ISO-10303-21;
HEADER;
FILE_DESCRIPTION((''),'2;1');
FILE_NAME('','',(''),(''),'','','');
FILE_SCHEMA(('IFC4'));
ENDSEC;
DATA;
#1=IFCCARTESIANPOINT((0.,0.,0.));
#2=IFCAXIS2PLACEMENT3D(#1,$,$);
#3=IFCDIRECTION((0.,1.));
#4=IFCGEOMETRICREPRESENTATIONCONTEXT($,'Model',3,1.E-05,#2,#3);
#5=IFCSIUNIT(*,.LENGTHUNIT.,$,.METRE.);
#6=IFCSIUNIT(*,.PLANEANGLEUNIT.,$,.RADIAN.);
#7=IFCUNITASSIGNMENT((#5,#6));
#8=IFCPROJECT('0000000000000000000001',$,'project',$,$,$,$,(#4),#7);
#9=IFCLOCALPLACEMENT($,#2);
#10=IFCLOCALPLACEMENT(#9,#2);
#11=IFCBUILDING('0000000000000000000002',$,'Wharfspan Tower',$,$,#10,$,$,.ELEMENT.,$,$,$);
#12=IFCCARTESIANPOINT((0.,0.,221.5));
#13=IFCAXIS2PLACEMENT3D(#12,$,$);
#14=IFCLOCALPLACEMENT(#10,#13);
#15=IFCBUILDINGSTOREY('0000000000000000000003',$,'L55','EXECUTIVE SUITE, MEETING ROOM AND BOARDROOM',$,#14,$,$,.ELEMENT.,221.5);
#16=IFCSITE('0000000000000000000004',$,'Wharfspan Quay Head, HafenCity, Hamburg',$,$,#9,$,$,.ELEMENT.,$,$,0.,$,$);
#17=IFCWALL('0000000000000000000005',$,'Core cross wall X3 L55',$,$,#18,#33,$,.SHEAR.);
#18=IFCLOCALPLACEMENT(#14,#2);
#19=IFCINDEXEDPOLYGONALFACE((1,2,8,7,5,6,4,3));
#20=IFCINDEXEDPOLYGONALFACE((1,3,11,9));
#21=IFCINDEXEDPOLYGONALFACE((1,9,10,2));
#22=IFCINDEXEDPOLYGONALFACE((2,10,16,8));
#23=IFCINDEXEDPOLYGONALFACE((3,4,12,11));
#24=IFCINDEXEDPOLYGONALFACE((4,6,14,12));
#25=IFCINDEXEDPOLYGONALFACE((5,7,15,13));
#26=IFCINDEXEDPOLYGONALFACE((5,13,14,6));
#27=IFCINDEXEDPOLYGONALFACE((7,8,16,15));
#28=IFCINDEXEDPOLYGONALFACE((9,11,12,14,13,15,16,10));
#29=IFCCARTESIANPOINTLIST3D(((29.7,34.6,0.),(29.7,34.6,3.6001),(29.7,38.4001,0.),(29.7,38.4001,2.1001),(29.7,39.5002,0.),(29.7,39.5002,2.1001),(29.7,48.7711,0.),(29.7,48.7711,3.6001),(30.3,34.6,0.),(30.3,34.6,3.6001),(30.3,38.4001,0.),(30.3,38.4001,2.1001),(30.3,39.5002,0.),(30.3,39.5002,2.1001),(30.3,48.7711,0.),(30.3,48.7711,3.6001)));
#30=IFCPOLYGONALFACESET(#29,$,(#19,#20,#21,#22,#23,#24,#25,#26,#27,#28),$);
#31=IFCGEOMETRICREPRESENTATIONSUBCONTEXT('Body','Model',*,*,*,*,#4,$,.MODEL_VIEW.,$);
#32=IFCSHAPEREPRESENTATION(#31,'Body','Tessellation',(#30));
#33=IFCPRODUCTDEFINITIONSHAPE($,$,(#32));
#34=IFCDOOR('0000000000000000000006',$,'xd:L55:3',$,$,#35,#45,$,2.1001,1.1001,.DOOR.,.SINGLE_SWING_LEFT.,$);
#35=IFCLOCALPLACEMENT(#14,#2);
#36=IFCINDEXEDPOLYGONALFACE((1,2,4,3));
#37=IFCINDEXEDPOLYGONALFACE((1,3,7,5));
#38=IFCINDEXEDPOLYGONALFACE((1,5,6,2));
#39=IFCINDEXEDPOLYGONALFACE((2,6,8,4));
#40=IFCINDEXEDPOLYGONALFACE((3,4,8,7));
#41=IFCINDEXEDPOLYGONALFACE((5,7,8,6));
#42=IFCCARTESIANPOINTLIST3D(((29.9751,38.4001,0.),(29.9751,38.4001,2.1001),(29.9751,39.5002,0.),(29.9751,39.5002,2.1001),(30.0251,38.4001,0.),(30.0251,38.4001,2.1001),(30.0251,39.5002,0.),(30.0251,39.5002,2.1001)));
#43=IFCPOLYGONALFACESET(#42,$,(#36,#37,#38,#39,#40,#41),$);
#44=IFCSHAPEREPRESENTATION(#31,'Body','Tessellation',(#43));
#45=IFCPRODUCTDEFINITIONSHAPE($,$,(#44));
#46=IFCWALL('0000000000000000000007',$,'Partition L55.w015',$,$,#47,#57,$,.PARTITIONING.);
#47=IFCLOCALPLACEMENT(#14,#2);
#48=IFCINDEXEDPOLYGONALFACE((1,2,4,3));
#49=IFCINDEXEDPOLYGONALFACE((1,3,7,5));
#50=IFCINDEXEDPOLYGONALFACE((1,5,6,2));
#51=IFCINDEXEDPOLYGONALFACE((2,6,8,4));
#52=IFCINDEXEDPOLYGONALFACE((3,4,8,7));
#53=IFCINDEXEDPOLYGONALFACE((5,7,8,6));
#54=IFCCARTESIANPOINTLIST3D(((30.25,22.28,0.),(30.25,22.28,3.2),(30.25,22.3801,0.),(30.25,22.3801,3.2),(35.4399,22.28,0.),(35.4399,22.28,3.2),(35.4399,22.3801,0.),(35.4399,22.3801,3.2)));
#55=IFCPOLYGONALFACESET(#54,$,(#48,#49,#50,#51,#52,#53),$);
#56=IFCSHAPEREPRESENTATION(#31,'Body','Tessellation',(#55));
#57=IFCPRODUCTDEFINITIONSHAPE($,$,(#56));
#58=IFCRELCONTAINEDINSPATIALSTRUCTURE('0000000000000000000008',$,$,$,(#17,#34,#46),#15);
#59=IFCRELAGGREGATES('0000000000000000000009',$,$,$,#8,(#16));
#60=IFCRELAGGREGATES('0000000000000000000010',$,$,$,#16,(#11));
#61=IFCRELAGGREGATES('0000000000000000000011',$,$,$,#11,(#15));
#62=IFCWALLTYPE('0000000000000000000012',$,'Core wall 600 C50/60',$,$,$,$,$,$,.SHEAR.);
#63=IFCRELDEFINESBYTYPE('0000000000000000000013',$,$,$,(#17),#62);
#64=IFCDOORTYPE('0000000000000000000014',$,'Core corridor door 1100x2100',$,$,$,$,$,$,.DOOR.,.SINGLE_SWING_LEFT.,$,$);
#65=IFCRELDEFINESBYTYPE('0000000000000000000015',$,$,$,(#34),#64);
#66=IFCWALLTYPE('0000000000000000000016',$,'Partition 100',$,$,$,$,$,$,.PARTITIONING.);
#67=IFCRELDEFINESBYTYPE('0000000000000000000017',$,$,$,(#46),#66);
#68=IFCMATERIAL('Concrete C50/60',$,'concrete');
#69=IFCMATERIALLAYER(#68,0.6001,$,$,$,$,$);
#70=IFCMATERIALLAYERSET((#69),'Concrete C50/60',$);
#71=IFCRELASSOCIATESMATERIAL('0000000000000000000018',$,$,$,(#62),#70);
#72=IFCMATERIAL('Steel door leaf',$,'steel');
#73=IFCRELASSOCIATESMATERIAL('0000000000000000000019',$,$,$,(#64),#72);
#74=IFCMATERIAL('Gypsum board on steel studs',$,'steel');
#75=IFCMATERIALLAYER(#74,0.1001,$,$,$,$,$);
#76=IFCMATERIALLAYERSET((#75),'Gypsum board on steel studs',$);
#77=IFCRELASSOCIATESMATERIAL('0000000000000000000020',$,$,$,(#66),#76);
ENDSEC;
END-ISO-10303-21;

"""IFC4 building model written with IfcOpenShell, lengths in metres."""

from ifc_helpers import new_model, si_unit, direction, frame, frame_2d, origin, place, context, subcontext, project, spatial, rectangle, extrude, material, layer, layer_set, type_object, element, fill, save


model = new_model("IFC4")

# Units and contexts
model_context = context("Model", 3, precision=1e-05, world=origin(), true_north=direction((0.0, 1.0)))
body_context = subcontext(model_context, "Body", "Model", "MODEL_VIEW")
ifc_project = project(units=[si_unit("LENGTHUNIT", "METRE"), si_unit("PLANEANGLEUNIT", "RADIAN")], contexts=[model_context])

# Site, building, storey
site_placement = place(None, origin())
site = spatial("IfcSite", under=ifc_project, at=site_placement, Name="Wharfspan Quay Head, HafenCity, Hamburg", CompositionType="ELEMENT", RefElevation=0.0)
building_placement = place(site_placement, origin())
building = spatial("IfcBuilding", under=site, at=building_placement, Name="Wharfspan Tower", CompositionType="ELEMENT")
storey_placement = place(building_placement, frame((0.0, 0.0, 221.5)))
storey = spatial("IfcBuildingStorey", under=building, at=storey_placement, Name="L55", Description="EXECUTIVE SUITE, MEETING ROOM AND BOARDROOM", CompositionType="ELEMENT", Elevation=221.5)

# Shared definitions
ifc_material_1 = material(Name="Gypsum board on steel studs", Category="steel")

# Shared definitions
ifc_material_2 = material(Name="Concrete C50/60", Category="concrete")
ifc_layer_1 = layer(ifc_material_2, 0.6001)
ifc_layer_set_1 = layer_set([ifc_layer_1], Name="Concrete C50/60")
wall_type_1 = type_object("IfcWallType", Name="Core wall 600 C50/60", PredefinedType="SHEAR", material=ifc_layer_set_1)
ifc_material_3 = material(Name="Steel door leaf", Category="steel")

# Wall, opening, door
wall_1_placement = place(storey_placement, frame((30.0, 34.6001, 0.0), z_axis=(0.0, 0.0, 1.0), x_axis=(0.0, 1.0, 0.0)))
wall_1 = element("IfcWall", 1, at=wall_1_placement, inside=storey, type_object=wall_type_1, Name="Core cross wall X3 L55", PredefinedType="SHEAR", context=body_context, shape_type="SweptSolid", body=[
    extrude(rectangle(XDim=14.1711, YDim=0.6001, at=frame_2d((7.0854, 0.0))), origin(), (0.0, 0.0, 1.0), 3.6001),
])
opening_1_placement = place(wall_1_placement, frame((3.8, 0.0, 0.0)))
opening_1 = element("IfcOpeningElement", 2, at=opening_1_placement, cuts=wall_1, PredefinedType="OPENING", context=body_context, shape_type="SweptSolid", body=[
    extrude(rectangle(XDim=1.1001, YDim=2.1001, at=frame_2d((0.55, 1.05))), frame((0.0, 0.3101, 0.0), z_axis=(0.0, -1.0, 0.0), x_axis=(1.0, 0.0, 0.0)), (0.0, 0.0, 1.0), 0.6201),
])
door_type_1 = type_object("IfcDoorType", Name="Core corridor door 1100x2100", OperationType="SINGLE_SWING_LEFT", PredefinedType="DOOR", material=ifc_material_3)
door_1_placement = place(opening_1_placement, origin())
door_1 = element("IfcDoor", 3, at=door_1_placement, inside=storey, type_object=door_type_1, Name="xd:L55:3", OperationType="SINGLE_SWING_LEFT", OverallHeight=2.1001, OverallWidth=1.1001, PredefinedType="DOOR", context=body_context, shape_type="SweptSolid", body=[
    extrude(rectangle(XDim=1.1001, YDim=2.1001, at=frame_2d((0.55, 1.05))), frame((0.0, 0.0249, 0.0), z_axis=(0.0, -1.0, 0.0), x_axis=(1.0, 0.0, 0.0)), (0.0, 0.0, 1.0), 0.05),
])
fill(opening_1, door_1)

# Wall
ifc_layer_2 = layer(ifc_material_1, 0.1001)
ifc_layer_set_2 = layer_set([ifc_layer_2], Name="Gypsum board on steel studs")
wall_type_2 = type_object("IfcWallType", Name="Partition 100", PredefinedType="PARTITIONING", material=ifc_layer_set_2)
wall_2_placement = place(storey_placement, frame((30.25, 22.3301, 0.0), z_axis=(0.0, 0.0, 1.0), x_axis=(1.0, 0.0, 0.0)))
element("IfcWall", 4, at=wall_2_placement, inside=storey, type_object=wall_type_2, Name="Partition L55.w015", PredefinedType="PARTITIONING", context=body_context, shape_type="SweptSolid", body=[
    extrude(rectangle(XDim=5.1899, YDim=0.1001, at=frame_2d((2.595, 0.0))), origin(), (0.0, 0.0, 1.0), 3.2),
])

save(model, "model.ifc")
